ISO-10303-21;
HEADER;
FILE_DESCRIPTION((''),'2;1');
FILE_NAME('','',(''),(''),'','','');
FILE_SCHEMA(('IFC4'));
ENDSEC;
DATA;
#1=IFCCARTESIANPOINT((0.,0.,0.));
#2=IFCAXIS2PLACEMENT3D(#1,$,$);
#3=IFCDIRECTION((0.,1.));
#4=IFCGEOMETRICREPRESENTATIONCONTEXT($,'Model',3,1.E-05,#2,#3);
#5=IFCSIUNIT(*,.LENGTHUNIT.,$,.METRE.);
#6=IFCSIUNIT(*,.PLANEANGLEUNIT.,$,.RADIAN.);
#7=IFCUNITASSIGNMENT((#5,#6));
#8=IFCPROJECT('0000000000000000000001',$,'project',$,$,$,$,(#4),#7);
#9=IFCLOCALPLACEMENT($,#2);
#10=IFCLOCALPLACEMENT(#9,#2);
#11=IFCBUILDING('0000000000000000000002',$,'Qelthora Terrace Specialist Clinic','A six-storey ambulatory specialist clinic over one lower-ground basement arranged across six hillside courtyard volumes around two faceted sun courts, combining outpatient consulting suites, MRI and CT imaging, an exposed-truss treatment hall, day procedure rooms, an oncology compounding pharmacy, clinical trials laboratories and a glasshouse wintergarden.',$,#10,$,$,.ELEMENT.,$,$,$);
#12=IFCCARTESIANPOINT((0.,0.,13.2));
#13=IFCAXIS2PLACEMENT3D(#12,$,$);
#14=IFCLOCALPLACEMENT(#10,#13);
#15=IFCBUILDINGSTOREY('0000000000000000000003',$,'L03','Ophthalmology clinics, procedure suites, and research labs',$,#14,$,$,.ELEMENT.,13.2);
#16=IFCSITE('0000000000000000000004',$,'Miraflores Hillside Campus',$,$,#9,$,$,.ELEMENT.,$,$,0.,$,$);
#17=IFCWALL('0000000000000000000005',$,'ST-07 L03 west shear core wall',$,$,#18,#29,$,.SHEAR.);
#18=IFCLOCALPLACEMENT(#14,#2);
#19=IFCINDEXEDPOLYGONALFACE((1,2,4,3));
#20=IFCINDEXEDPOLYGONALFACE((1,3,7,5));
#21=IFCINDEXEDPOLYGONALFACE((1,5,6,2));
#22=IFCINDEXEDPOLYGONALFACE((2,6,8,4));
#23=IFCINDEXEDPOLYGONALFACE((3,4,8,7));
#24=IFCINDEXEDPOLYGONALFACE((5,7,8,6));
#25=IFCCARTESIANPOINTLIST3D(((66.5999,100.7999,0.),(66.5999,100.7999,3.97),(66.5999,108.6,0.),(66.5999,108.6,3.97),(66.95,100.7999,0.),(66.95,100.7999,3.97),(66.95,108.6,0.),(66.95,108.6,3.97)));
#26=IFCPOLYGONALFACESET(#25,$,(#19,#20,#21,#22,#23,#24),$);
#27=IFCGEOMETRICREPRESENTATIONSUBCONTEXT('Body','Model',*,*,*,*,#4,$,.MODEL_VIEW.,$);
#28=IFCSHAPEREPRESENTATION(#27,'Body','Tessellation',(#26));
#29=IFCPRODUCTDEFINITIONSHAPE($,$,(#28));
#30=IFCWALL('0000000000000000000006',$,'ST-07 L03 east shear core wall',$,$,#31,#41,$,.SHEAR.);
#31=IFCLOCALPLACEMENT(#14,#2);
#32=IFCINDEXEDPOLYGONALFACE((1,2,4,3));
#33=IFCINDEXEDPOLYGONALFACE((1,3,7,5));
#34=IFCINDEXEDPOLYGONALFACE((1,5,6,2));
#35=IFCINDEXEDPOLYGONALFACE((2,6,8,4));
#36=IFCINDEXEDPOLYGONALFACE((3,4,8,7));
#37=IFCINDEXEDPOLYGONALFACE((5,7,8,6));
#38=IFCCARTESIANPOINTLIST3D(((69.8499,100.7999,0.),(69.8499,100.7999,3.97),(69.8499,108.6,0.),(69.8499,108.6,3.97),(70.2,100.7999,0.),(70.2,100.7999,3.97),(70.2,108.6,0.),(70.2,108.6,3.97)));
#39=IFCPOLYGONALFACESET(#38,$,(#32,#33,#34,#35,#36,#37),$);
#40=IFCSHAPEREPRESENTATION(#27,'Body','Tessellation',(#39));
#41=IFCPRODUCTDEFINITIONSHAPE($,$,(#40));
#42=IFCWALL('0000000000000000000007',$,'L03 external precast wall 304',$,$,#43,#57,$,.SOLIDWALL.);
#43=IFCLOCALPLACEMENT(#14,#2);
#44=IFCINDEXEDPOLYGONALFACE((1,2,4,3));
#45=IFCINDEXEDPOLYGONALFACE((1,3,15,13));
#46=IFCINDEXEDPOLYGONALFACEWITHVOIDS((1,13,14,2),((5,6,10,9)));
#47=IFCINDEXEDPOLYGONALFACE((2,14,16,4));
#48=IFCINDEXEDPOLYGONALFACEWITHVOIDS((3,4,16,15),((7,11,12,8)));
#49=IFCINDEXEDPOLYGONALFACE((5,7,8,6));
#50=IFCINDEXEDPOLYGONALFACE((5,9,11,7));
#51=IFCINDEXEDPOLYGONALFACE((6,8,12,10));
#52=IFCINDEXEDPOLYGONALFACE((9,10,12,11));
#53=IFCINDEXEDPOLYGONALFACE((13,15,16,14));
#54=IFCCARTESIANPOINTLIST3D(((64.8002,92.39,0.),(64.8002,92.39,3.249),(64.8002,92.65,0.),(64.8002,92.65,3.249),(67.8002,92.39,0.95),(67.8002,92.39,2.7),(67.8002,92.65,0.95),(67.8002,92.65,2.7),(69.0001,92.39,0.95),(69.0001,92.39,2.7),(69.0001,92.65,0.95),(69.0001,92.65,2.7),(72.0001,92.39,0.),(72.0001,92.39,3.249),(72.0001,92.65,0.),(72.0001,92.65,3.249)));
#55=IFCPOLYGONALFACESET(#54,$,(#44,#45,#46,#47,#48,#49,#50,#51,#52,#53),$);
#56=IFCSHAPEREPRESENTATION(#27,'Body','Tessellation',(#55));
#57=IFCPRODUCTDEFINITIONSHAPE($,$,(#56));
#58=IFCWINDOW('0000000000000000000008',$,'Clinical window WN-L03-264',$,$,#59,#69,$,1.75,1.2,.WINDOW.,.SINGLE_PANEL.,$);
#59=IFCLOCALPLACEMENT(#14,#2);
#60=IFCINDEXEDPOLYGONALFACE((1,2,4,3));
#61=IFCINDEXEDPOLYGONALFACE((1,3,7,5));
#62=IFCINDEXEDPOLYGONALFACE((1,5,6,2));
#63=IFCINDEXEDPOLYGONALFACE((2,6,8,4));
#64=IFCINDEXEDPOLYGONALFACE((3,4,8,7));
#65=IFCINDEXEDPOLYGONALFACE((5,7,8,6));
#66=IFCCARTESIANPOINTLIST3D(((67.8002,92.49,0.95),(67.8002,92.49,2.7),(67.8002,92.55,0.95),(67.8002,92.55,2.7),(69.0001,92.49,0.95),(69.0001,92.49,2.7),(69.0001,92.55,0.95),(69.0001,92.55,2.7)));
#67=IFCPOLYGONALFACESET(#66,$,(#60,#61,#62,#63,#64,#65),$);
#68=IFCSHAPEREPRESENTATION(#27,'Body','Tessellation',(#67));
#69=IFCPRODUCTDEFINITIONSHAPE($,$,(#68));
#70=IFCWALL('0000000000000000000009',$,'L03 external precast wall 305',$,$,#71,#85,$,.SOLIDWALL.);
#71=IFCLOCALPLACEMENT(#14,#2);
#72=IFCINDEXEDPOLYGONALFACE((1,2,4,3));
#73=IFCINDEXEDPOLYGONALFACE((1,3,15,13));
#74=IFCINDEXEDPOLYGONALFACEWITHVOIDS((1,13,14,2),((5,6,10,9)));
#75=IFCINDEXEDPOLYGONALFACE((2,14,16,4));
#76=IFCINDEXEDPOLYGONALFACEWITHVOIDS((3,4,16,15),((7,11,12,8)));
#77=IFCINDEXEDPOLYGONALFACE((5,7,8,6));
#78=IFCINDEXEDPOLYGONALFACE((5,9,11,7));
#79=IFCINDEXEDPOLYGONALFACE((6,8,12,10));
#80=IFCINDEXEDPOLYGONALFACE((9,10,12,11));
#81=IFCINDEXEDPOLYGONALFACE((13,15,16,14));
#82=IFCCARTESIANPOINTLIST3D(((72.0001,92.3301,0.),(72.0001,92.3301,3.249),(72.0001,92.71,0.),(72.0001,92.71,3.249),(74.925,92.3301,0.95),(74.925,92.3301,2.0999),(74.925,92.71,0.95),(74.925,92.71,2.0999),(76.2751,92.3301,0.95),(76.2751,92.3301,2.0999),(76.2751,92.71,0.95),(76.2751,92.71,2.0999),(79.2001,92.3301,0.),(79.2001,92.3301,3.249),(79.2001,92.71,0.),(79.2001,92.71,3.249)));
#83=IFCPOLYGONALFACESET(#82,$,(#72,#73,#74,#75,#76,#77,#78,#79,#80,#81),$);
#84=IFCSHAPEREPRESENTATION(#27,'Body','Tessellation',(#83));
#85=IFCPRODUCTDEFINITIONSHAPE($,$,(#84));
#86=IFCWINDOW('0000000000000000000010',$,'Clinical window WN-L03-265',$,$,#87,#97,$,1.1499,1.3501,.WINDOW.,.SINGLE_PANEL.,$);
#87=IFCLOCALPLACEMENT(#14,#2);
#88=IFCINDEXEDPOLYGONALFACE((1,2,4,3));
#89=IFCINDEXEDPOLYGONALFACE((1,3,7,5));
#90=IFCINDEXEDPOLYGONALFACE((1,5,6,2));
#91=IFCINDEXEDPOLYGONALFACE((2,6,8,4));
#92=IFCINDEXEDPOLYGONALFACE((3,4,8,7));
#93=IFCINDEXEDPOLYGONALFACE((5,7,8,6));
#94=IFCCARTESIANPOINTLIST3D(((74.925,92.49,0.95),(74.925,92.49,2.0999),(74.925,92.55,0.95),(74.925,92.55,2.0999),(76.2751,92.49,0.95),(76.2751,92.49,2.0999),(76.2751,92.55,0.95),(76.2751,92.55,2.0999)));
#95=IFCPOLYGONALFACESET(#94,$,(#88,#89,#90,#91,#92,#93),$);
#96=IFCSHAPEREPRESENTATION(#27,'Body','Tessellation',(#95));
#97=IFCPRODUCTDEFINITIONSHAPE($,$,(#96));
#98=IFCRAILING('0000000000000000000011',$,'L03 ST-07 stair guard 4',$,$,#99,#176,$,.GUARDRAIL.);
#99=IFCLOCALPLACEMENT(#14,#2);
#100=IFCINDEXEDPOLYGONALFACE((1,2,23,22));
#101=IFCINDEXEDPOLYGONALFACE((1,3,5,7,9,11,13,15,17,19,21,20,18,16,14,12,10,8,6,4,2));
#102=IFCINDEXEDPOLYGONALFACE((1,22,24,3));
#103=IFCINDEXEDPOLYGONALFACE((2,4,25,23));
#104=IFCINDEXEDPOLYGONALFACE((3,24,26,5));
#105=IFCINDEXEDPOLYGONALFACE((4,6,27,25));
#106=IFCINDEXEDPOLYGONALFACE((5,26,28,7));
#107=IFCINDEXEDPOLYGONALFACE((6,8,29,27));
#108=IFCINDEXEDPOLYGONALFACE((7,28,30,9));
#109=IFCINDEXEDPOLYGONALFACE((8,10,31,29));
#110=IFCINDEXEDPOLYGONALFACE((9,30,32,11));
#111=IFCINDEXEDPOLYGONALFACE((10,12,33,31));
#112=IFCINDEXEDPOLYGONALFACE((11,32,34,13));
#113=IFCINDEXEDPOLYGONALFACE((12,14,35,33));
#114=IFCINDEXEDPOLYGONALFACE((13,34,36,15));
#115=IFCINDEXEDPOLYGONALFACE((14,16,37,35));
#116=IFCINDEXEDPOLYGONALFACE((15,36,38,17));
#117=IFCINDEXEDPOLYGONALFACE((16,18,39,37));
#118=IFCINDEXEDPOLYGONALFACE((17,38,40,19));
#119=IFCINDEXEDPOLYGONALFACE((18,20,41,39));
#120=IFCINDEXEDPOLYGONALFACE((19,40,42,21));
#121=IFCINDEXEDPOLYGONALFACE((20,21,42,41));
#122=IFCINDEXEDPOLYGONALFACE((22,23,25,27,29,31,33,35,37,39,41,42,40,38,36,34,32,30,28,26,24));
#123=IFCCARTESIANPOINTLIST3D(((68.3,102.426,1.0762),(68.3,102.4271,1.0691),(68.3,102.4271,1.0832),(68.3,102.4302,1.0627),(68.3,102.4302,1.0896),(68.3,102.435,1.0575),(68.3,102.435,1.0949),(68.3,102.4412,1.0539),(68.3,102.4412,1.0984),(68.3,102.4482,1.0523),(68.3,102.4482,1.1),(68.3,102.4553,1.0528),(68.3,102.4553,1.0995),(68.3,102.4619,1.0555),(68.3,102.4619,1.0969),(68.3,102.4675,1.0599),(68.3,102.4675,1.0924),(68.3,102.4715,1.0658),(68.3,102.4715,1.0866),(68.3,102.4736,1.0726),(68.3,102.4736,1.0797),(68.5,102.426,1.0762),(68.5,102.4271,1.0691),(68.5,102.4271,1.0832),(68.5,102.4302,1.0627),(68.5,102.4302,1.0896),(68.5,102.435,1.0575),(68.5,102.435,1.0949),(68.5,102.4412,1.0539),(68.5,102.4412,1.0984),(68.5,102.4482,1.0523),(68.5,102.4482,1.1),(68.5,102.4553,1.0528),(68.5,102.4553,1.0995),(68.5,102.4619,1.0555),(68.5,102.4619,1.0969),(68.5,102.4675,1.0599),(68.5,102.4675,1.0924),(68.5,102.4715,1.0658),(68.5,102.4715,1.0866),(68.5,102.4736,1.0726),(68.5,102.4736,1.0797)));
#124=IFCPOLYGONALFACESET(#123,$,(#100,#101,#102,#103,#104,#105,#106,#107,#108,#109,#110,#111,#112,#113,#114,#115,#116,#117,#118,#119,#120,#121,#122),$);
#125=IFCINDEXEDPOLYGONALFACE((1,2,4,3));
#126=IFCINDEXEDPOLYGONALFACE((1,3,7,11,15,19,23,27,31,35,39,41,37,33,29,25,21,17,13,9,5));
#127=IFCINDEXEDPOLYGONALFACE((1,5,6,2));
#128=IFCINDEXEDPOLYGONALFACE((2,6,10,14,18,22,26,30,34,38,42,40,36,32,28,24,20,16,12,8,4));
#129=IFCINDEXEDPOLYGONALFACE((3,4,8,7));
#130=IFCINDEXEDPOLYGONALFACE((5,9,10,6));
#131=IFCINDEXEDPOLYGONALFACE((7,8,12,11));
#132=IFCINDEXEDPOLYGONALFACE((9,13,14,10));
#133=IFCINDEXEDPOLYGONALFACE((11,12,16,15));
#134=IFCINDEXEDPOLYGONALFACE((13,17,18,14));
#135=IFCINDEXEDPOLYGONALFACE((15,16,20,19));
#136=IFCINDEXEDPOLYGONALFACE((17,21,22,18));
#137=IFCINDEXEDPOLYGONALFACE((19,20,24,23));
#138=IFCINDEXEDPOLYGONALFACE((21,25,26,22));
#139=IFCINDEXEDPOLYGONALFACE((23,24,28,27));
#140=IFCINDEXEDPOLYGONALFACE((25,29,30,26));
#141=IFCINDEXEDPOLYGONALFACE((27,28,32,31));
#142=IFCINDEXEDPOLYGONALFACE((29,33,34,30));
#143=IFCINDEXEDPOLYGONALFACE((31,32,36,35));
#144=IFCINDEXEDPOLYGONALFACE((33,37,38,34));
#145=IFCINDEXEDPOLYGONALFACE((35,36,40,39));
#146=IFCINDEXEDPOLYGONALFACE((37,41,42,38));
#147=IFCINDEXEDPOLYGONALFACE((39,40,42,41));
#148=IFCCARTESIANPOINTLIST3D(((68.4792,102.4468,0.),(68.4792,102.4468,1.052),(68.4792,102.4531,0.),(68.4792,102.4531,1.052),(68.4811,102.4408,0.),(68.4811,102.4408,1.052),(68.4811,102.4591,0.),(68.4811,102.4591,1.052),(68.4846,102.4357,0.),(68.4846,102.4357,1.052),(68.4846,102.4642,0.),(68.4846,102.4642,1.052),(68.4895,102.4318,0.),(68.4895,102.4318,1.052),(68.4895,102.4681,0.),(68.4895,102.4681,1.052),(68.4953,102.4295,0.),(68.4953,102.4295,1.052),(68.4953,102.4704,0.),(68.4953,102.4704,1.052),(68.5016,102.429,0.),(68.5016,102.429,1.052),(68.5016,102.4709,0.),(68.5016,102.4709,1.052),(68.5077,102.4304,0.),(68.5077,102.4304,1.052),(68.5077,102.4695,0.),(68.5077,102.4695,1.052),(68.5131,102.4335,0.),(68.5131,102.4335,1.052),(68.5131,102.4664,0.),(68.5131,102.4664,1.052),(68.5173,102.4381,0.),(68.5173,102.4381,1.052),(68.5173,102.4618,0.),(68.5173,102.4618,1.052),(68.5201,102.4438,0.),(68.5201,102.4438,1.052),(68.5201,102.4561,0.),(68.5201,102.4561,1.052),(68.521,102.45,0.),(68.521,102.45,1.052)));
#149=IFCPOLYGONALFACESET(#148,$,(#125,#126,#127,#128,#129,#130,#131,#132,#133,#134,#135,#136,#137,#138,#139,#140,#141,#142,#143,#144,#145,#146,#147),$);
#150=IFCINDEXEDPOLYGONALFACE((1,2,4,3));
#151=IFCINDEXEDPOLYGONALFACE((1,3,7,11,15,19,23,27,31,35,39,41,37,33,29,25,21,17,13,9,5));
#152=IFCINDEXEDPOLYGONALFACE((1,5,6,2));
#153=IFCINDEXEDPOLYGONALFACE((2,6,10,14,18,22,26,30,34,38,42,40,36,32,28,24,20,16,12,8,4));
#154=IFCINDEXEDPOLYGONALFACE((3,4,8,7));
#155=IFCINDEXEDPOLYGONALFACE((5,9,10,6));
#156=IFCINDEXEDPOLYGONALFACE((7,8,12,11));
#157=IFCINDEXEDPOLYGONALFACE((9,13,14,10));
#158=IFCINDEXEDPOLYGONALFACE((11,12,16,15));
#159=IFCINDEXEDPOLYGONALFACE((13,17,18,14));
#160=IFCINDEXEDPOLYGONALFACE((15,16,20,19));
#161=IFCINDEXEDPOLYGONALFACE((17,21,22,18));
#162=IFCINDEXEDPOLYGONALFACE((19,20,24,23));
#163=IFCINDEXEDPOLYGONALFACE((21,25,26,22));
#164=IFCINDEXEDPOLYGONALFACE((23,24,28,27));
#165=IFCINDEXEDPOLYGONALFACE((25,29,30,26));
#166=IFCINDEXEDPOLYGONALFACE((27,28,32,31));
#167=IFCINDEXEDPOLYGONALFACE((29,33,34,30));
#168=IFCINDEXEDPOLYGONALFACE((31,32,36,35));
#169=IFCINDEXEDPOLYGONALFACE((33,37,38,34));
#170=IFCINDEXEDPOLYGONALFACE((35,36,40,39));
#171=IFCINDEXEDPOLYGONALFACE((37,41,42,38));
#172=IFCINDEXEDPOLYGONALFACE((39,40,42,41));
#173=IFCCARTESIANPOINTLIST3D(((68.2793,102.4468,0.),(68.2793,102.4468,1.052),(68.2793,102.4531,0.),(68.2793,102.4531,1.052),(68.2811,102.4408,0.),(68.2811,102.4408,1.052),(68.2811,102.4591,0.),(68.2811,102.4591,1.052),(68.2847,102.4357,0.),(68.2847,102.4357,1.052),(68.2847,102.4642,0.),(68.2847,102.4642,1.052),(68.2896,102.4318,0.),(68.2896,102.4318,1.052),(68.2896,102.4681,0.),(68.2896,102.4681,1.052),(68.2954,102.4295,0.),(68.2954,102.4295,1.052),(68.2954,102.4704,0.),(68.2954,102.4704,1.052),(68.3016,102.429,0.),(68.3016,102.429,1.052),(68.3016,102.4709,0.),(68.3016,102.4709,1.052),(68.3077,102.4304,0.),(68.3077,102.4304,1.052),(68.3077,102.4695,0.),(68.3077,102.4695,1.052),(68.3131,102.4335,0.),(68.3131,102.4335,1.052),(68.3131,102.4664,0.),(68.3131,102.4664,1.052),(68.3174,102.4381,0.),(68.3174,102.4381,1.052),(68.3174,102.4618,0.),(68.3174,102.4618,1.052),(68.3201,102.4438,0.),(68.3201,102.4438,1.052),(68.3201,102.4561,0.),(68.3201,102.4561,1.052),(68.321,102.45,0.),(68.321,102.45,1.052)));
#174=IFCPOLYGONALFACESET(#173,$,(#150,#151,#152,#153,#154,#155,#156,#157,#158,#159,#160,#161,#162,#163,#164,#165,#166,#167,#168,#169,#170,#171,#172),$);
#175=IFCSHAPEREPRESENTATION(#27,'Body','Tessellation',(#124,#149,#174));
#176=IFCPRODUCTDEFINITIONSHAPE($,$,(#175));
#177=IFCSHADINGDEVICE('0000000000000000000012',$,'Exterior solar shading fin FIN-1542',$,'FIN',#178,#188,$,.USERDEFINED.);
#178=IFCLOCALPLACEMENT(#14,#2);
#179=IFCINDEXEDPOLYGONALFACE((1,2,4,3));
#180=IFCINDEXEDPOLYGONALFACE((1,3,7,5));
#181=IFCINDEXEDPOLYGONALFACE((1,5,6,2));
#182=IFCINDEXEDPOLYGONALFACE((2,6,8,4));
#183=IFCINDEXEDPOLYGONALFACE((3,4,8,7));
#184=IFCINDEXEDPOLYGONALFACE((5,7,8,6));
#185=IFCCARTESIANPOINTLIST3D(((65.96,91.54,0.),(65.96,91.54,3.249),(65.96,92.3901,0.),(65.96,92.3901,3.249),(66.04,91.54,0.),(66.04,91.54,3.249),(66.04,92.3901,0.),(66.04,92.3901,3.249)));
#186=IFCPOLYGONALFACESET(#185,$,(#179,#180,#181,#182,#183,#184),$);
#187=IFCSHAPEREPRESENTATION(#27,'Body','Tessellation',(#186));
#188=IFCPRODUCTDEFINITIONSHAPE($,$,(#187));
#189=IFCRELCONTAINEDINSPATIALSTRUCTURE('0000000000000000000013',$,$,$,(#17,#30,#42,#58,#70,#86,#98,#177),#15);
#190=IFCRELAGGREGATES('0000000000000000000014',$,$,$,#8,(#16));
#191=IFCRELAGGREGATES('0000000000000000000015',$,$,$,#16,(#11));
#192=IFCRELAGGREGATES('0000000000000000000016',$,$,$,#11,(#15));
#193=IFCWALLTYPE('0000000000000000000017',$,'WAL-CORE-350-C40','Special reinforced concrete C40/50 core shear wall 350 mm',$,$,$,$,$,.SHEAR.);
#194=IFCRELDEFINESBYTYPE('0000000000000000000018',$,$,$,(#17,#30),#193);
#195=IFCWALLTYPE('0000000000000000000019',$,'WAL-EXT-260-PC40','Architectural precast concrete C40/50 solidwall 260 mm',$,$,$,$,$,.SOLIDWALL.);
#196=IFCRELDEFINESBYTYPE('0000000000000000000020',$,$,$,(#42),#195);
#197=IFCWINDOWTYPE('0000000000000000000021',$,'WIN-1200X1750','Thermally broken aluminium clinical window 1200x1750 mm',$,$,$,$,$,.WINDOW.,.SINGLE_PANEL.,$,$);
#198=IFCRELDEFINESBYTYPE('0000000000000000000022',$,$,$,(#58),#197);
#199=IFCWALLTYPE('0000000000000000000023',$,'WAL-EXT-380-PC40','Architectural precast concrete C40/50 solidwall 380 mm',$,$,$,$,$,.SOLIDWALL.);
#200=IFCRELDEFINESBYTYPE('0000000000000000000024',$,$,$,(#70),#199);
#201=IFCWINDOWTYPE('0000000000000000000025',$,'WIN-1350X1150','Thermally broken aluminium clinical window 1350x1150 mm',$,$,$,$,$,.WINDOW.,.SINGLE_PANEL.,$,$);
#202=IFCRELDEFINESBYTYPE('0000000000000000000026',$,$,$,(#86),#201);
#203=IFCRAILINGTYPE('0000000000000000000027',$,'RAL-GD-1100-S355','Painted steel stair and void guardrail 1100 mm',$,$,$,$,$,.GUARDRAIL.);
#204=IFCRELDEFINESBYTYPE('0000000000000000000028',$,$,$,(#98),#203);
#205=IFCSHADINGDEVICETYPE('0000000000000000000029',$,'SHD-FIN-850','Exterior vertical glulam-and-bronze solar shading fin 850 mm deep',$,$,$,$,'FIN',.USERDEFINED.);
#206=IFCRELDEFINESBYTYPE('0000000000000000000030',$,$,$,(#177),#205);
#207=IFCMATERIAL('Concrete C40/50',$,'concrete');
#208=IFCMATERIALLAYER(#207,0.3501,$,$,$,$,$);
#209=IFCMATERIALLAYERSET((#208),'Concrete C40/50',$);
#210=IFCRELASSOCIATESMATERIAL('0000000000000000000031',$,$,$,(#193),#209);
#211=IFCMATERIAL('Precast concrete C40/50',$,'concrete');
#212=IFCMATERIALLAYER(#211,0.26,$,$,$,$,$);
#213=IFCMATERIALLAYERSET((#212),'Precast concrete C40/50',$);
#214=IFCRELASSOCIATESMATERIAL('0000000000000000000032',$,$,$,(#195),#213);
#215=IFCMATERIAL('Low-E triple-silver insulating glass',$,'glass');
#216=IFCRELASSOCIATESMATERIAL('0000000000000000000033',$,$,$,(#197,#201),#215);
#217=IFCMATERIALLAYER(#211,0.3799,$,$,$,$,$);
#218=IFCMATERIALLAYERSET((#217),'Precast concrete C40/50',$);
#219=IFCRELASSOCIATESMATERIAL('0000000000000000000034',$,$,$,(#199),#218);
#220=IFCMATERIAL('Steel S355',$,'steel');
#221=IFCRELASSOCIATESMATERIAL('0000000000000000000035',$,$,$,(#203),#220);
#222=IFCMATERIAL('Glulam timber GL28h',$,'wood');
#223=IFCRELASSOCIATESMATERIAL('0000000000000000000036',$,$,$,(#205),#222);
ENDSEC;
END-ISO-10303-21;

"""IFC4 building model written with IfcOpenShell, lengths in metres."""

from ifc_helpers import new_model, si_unit, direction, frame, frame_2d, origin, origin_2d, place, context, subcontext, project, spatial, rectangle, circle, extrude, material, layer, layer_set, type_object, element, fill, save


model = new_model("IFC4")

# Units and contexts
model_context = context("Model", 3, precision=1e-05, world=origin(), true_north=direction((0.0, 1.0)))
body_context = subcontext(model_context, "Body", "Model", "MODEL_VIEW")
ifc_project = project(units=[si_unit("LENGTHUNIT", "METRE"), si_unit("PLANEANGLEUNIT", "RADIAN")], contexts=[model_context])

# Site, building, storey
site_placement = place(None, origin())
site = spatial("IfcSite", under=ifc_project, at=site_placement, Name="Miraflores Hillside Campus", CompositionType="ELEMENT", RefElevation=0.0)
building_placement = place(site_placement, origin())
building = spatial("IfcBuilding", under=site, at=building_placement, Name="Qelthora Terrace Specialist Clinic", Description="A six-storey ambulatory specialist clinic over one lower-ground basement arranged across six hillside courtyard volumes around two faceted sun courts, combining outpatient consulting suites, MRI and CT imaging, an exposed-truss treatment hall, day procedure rooms, an oncology compounding pharmacy, clinical trials laboratories and a glasshouse wintergarden.", CompositionType="ELEMENT")
storey_placement = place(building_placement, frame((0.0, 0.0, 13.2)))
storey = spatial("IfcBuildingStorey", under=building, at=storey_placement, Name="L03", Description="Ophthalmology clinics, procedure suites, and research labs", CompositionType="ELEMENT", Elevation=13.2)

# Shared definitions
ifc_material_1 = material(Name="Steel S355", Category="steel")

# Walls
ifc_material_2 = material(Name="Concrete C40/50", Category="concrete")
ifc_layer_1 = layer(ifc_material_2, 0.3501)
ifc_layer_set_1 = layer_set([ifc_layer_1], Name="Concrete C40/50")
wall_type_1 = type_object("IfcWallType", Name="WAL-CORE-350-C40", Description="Special reinforced concrete C40/50 core shear wall 350 mm", PredefinedType="SHEAR", material=ifc_layer_set_1)
for number, where, z_axis, x_axis, name in (
    (1, (66.7749, 100.8, 0.0), (0.0, 0.0, 1.0), (0.0, 1.0, 0.0), "ST-07 L03 west shear core wall"),
    (2, (70.0249, 100.8, 0.0), (0.0, 0.0, 1.0), (0.0, 1.0, 0.0), "ST-07 L03 east shear core wall"),
):
    element("IfcWall", number, at=place(storey_placement, frame(where, z_axis=z_axis, x_axis=x_axis)), inside=storey, type_object=wall_type_1, Name=name, PredefinedType="SHEAR", context=body_context, shape_type="SweptSolid", body=[
        extrude(rectangle(XDim=7.8, YDim=0.3501, at=frame_2d((3.8999, 0.0))), origin(), (0.0, 0.0, 1.0), 3.97),
    ])

# Walls, openings, windows
ifc_material_3 = material(Name="Precast concrete C40/50", Category="concrete")
ifc_layer_2 = layer(ifc_material_3, 0.26)
ifc_layer_set_2 = layer_set([ifc_layer_2], Name="Precast concrete C40/50")
wall_type_2 = type_object("IfcWallType", Name="WAL-EXT-260-PC40", Description="Architectural precast concrete C40/50 solidwall 260 mm", PredefinedType="SOLIDWALL", material=ifc_layer_set_2)
wall_1_placement = place(storey_placement, frame((64.8, 92.52, 0.0), z_axis=(0.0, 0.0, 1.0), x_axis=(1.0, 0.0, 0.0)))
wall_1 = element("IfcWall", 3, at=wall_1_placement, inside=storey, type_object=wall_type_2, Name="L03 external precast wall 304", PredefinedType="SOLIDWALL", context=body_context, shape_type="SweptSolid", body=[
    extrude(rectangle(XDim=7.2, YDim=0.26, at=frame_2d((3.6001, 0.0))), origin(), (0.0, 0.0, 1.0), 3.249),
])
opening_1_placement = place(wall_1_placement, frame((3.0, 0.0, 0.95)))
opening_1 = element("IfcOpeningElement", 4, at=opening_1_placement, cuts=wall_1, PredefinedType="OPENING", context=body_context, shape_type="SweptSolid", body=[
    extrude(rectangle(XDim=1.2, YDim=1.75, at=frame_2d((0.6001, 0.875))), frame((0.0, 0.1399, 0.0), z_axis=(0.0, -1.0, 0.0), x_axis=(1.0, 0.0, 0.0)), (0.0, 0.0, 1.0), 0.28),
])
ifc_material_4 = material(Name="Low-E triple-silver insulating glass", Category="glass")
window_type_1 = type_object("IfcWindowType", Name="WIN-1200X1750", Description="Thermally broken aluminium clinical window 1200x1750 mm", PartitioningType="SINGLE_PANEL", PredefinedType="WINDOW", material=ifc_material_4)
window_1_placement = place(opening_1_placement, origin())
window_1 = element("IfcWindow", 5, at=window_1_placement, inside=storey, type_object=window_type_1, Name="Clinical window WN-L03-264", OverallHeight=1.75, OverallWidth=1.2, PartitioningType="SINGLE_PANEL", PredefinedType="WINDOW", context=body_context, shape_type="SweptSolid", body=[
    extrude(rectangle(XDim=1.2, YDim=1.75, at=frame_2d((0.6001, 0.875))), frame((0.0, 0.03, 0.0), z_axis=(0.0, -1.0, 0.0), x_axis=(1.0, 0.0, 0.0)), (0.0, 0.0, 1.0), 0.0601),
])
fill(opening_1, window_1)
ifc_layer_3 = layer(ifc_material_3, 0.3799)
ifc_layer_set_3 = layer_set([ifc_layer_3], Name="Precast concrete C40/50")
wall_type_3 = type_object("IfcWallType", Name="WAL-EXT-380-PC40", Description="Architectural precast concrete C40/50 solidwall 380 mm", PredefinedType="SOLIDWALL", material=ifc_layer_set_3)
wall_2_placement = place(storey_placement, frame((72.0, 92.52, 0.0), z_axis=(0.0, 0.0, 1.0), x_axis=(1.0, 0.0, 0.0)))
wall_2 = element("IfcWall", 6, at=wall_2_placement, inside=storey, type_object=wall_type_3, Name="L03 external precast wall 305", PredefinedType="SOLIDWALL", context=body_context, shape_type="SweptSolid", body=[
    extrude(rectangle(XDim=7.2, YDim=0.3799, at=frame_2d((3.6001, 0.0))), origin(), (0.0, 0.0, 1.0), 3.249),
])
opening_2_placement = place(wall_2_placement, frame((2.925, 0.0, 0.95)))
opening_2 = element("IfcOpeningElement", 7, at=opening_2_placement, cuts=wall_2, PredefinedType="OPENING", context=body_context, shape_type="SweptSolid", body=[
    extrude(rectangle(XDim=1.3501, YDim=1.1499, at=frame_2d((0.675, 0.575))), frame((0.0, 0.2, 0.0), z_axis=(0.0, -1.0, 0.0), x_axis=(1.0, 0.0, 0.0)), (0.0, 0.0, 1.0), 0.3999),
])
window_type_2 = type_object("IfcWindowType", Name="WIN-1350X1150", Description="Thermally broken aluminium clinical window 1350x1150 mm", PartitioningType="SINGLE_PANEL", PredefinedType="WINDOW", material=ifc_material_4)
window_2_placement = place(opening_2_placement, origin())
window_2 = element("IfcWindow", 8, at=window_2_placement, inside=storey, type_object=window_type_2, Name="Clinical window WN-L03-265", OverallHeight=1.1499, OverallWidth=1.3501, PartitioningType="SINGLE_PANEL", PredefinedType="WINDOW", context=body_context, shape_type="SweptSolid", body=[
    extrude(rectangle(XDim=1.3501, YDim=1.1499, at=frame_2d((0.675, 0.575))), frame((0.0, 0.03, 0.0), z_axis=(0.0, -1.0, 0.0), x_axis=(1.0, 0.0, 0.0)), (0.0, 0.0, 1.0), 0.0601),
])
fill(opening_2, window_2)

# Railing
railing_type = type_object("IfcRailingType", Name="RAL-GD-1100-S355", Description="Painted steel stair and void guardrail 1100 mm", PredefinedType="GUARDRAIL", material=ifc_material_1)
railing_placement = place(storey_placement, frame((68.5, 102.45, 0.0)))
element("IfcRailing", 9, at=railing_placement, inside=storey, type_object=railing_type, Name="L03 ST-07 stair guard 4", PredefinedType="GUARDRAIL", context=body_context, shape_type="SweptSolid", body=[
    extrude(circle(Radius=0.0239, at=origin_2d()), frame((0.0, 0.0, 1.0762), z_axis=(-1.0, 0.0, 0.0), x_axis=(0.0, -1.0, 0.0)), (0.0, 0.0, 1.0), 0.2),
    extrude(circle(Radius=0.021, at=origin_2d()), origin(), (0.0, 0.0, 1.0), 1.052),
    extrude(circle(Radius=0.021, at=origin_2d()), frame((-0.2, 0.0, 0.0)), (0.0, 0.0, 1.0), 1.052),
])

# Shading device
ifc_material_5 = material(Name="Glulam timber GL28h", Category="wood")
shading_device_type = type_object("IfcShadingDeviceType", Name="SHD-FIN-850", Description="Exterior vertical glulam-and-bronze solar shading fin 850 mm deep", ElementType="FIN", PredefinedType="USERDEFINED", material=ifc_material_5)
for number, where, z_axis, x_axis, name in (
    (10, (66.0, 91.9651, 0.0), (0.0, 0.0, 1.0), (0.0, -1.0, 0.0), "Exterior solar shading fin FIN-1542"),
):
    element("IfcShadingDevice", number, at=place(storey_placement, frame(where, z_axis=z_axis, x_axis=x_axis)), inside=storey, type_object=shading_device_type, Name=name, ObjectType="FIN", PredefinedType="USERDEFINED", context=body_context, shape_type="SweptSolid", body=[
        extrude(rectangle(XDim=0.8501, YDim=0.0801, at=origin_2d()), origin(), (0.0, 0.0, 1.0), 3.249),
    ])

save(model, "model.ifc")
